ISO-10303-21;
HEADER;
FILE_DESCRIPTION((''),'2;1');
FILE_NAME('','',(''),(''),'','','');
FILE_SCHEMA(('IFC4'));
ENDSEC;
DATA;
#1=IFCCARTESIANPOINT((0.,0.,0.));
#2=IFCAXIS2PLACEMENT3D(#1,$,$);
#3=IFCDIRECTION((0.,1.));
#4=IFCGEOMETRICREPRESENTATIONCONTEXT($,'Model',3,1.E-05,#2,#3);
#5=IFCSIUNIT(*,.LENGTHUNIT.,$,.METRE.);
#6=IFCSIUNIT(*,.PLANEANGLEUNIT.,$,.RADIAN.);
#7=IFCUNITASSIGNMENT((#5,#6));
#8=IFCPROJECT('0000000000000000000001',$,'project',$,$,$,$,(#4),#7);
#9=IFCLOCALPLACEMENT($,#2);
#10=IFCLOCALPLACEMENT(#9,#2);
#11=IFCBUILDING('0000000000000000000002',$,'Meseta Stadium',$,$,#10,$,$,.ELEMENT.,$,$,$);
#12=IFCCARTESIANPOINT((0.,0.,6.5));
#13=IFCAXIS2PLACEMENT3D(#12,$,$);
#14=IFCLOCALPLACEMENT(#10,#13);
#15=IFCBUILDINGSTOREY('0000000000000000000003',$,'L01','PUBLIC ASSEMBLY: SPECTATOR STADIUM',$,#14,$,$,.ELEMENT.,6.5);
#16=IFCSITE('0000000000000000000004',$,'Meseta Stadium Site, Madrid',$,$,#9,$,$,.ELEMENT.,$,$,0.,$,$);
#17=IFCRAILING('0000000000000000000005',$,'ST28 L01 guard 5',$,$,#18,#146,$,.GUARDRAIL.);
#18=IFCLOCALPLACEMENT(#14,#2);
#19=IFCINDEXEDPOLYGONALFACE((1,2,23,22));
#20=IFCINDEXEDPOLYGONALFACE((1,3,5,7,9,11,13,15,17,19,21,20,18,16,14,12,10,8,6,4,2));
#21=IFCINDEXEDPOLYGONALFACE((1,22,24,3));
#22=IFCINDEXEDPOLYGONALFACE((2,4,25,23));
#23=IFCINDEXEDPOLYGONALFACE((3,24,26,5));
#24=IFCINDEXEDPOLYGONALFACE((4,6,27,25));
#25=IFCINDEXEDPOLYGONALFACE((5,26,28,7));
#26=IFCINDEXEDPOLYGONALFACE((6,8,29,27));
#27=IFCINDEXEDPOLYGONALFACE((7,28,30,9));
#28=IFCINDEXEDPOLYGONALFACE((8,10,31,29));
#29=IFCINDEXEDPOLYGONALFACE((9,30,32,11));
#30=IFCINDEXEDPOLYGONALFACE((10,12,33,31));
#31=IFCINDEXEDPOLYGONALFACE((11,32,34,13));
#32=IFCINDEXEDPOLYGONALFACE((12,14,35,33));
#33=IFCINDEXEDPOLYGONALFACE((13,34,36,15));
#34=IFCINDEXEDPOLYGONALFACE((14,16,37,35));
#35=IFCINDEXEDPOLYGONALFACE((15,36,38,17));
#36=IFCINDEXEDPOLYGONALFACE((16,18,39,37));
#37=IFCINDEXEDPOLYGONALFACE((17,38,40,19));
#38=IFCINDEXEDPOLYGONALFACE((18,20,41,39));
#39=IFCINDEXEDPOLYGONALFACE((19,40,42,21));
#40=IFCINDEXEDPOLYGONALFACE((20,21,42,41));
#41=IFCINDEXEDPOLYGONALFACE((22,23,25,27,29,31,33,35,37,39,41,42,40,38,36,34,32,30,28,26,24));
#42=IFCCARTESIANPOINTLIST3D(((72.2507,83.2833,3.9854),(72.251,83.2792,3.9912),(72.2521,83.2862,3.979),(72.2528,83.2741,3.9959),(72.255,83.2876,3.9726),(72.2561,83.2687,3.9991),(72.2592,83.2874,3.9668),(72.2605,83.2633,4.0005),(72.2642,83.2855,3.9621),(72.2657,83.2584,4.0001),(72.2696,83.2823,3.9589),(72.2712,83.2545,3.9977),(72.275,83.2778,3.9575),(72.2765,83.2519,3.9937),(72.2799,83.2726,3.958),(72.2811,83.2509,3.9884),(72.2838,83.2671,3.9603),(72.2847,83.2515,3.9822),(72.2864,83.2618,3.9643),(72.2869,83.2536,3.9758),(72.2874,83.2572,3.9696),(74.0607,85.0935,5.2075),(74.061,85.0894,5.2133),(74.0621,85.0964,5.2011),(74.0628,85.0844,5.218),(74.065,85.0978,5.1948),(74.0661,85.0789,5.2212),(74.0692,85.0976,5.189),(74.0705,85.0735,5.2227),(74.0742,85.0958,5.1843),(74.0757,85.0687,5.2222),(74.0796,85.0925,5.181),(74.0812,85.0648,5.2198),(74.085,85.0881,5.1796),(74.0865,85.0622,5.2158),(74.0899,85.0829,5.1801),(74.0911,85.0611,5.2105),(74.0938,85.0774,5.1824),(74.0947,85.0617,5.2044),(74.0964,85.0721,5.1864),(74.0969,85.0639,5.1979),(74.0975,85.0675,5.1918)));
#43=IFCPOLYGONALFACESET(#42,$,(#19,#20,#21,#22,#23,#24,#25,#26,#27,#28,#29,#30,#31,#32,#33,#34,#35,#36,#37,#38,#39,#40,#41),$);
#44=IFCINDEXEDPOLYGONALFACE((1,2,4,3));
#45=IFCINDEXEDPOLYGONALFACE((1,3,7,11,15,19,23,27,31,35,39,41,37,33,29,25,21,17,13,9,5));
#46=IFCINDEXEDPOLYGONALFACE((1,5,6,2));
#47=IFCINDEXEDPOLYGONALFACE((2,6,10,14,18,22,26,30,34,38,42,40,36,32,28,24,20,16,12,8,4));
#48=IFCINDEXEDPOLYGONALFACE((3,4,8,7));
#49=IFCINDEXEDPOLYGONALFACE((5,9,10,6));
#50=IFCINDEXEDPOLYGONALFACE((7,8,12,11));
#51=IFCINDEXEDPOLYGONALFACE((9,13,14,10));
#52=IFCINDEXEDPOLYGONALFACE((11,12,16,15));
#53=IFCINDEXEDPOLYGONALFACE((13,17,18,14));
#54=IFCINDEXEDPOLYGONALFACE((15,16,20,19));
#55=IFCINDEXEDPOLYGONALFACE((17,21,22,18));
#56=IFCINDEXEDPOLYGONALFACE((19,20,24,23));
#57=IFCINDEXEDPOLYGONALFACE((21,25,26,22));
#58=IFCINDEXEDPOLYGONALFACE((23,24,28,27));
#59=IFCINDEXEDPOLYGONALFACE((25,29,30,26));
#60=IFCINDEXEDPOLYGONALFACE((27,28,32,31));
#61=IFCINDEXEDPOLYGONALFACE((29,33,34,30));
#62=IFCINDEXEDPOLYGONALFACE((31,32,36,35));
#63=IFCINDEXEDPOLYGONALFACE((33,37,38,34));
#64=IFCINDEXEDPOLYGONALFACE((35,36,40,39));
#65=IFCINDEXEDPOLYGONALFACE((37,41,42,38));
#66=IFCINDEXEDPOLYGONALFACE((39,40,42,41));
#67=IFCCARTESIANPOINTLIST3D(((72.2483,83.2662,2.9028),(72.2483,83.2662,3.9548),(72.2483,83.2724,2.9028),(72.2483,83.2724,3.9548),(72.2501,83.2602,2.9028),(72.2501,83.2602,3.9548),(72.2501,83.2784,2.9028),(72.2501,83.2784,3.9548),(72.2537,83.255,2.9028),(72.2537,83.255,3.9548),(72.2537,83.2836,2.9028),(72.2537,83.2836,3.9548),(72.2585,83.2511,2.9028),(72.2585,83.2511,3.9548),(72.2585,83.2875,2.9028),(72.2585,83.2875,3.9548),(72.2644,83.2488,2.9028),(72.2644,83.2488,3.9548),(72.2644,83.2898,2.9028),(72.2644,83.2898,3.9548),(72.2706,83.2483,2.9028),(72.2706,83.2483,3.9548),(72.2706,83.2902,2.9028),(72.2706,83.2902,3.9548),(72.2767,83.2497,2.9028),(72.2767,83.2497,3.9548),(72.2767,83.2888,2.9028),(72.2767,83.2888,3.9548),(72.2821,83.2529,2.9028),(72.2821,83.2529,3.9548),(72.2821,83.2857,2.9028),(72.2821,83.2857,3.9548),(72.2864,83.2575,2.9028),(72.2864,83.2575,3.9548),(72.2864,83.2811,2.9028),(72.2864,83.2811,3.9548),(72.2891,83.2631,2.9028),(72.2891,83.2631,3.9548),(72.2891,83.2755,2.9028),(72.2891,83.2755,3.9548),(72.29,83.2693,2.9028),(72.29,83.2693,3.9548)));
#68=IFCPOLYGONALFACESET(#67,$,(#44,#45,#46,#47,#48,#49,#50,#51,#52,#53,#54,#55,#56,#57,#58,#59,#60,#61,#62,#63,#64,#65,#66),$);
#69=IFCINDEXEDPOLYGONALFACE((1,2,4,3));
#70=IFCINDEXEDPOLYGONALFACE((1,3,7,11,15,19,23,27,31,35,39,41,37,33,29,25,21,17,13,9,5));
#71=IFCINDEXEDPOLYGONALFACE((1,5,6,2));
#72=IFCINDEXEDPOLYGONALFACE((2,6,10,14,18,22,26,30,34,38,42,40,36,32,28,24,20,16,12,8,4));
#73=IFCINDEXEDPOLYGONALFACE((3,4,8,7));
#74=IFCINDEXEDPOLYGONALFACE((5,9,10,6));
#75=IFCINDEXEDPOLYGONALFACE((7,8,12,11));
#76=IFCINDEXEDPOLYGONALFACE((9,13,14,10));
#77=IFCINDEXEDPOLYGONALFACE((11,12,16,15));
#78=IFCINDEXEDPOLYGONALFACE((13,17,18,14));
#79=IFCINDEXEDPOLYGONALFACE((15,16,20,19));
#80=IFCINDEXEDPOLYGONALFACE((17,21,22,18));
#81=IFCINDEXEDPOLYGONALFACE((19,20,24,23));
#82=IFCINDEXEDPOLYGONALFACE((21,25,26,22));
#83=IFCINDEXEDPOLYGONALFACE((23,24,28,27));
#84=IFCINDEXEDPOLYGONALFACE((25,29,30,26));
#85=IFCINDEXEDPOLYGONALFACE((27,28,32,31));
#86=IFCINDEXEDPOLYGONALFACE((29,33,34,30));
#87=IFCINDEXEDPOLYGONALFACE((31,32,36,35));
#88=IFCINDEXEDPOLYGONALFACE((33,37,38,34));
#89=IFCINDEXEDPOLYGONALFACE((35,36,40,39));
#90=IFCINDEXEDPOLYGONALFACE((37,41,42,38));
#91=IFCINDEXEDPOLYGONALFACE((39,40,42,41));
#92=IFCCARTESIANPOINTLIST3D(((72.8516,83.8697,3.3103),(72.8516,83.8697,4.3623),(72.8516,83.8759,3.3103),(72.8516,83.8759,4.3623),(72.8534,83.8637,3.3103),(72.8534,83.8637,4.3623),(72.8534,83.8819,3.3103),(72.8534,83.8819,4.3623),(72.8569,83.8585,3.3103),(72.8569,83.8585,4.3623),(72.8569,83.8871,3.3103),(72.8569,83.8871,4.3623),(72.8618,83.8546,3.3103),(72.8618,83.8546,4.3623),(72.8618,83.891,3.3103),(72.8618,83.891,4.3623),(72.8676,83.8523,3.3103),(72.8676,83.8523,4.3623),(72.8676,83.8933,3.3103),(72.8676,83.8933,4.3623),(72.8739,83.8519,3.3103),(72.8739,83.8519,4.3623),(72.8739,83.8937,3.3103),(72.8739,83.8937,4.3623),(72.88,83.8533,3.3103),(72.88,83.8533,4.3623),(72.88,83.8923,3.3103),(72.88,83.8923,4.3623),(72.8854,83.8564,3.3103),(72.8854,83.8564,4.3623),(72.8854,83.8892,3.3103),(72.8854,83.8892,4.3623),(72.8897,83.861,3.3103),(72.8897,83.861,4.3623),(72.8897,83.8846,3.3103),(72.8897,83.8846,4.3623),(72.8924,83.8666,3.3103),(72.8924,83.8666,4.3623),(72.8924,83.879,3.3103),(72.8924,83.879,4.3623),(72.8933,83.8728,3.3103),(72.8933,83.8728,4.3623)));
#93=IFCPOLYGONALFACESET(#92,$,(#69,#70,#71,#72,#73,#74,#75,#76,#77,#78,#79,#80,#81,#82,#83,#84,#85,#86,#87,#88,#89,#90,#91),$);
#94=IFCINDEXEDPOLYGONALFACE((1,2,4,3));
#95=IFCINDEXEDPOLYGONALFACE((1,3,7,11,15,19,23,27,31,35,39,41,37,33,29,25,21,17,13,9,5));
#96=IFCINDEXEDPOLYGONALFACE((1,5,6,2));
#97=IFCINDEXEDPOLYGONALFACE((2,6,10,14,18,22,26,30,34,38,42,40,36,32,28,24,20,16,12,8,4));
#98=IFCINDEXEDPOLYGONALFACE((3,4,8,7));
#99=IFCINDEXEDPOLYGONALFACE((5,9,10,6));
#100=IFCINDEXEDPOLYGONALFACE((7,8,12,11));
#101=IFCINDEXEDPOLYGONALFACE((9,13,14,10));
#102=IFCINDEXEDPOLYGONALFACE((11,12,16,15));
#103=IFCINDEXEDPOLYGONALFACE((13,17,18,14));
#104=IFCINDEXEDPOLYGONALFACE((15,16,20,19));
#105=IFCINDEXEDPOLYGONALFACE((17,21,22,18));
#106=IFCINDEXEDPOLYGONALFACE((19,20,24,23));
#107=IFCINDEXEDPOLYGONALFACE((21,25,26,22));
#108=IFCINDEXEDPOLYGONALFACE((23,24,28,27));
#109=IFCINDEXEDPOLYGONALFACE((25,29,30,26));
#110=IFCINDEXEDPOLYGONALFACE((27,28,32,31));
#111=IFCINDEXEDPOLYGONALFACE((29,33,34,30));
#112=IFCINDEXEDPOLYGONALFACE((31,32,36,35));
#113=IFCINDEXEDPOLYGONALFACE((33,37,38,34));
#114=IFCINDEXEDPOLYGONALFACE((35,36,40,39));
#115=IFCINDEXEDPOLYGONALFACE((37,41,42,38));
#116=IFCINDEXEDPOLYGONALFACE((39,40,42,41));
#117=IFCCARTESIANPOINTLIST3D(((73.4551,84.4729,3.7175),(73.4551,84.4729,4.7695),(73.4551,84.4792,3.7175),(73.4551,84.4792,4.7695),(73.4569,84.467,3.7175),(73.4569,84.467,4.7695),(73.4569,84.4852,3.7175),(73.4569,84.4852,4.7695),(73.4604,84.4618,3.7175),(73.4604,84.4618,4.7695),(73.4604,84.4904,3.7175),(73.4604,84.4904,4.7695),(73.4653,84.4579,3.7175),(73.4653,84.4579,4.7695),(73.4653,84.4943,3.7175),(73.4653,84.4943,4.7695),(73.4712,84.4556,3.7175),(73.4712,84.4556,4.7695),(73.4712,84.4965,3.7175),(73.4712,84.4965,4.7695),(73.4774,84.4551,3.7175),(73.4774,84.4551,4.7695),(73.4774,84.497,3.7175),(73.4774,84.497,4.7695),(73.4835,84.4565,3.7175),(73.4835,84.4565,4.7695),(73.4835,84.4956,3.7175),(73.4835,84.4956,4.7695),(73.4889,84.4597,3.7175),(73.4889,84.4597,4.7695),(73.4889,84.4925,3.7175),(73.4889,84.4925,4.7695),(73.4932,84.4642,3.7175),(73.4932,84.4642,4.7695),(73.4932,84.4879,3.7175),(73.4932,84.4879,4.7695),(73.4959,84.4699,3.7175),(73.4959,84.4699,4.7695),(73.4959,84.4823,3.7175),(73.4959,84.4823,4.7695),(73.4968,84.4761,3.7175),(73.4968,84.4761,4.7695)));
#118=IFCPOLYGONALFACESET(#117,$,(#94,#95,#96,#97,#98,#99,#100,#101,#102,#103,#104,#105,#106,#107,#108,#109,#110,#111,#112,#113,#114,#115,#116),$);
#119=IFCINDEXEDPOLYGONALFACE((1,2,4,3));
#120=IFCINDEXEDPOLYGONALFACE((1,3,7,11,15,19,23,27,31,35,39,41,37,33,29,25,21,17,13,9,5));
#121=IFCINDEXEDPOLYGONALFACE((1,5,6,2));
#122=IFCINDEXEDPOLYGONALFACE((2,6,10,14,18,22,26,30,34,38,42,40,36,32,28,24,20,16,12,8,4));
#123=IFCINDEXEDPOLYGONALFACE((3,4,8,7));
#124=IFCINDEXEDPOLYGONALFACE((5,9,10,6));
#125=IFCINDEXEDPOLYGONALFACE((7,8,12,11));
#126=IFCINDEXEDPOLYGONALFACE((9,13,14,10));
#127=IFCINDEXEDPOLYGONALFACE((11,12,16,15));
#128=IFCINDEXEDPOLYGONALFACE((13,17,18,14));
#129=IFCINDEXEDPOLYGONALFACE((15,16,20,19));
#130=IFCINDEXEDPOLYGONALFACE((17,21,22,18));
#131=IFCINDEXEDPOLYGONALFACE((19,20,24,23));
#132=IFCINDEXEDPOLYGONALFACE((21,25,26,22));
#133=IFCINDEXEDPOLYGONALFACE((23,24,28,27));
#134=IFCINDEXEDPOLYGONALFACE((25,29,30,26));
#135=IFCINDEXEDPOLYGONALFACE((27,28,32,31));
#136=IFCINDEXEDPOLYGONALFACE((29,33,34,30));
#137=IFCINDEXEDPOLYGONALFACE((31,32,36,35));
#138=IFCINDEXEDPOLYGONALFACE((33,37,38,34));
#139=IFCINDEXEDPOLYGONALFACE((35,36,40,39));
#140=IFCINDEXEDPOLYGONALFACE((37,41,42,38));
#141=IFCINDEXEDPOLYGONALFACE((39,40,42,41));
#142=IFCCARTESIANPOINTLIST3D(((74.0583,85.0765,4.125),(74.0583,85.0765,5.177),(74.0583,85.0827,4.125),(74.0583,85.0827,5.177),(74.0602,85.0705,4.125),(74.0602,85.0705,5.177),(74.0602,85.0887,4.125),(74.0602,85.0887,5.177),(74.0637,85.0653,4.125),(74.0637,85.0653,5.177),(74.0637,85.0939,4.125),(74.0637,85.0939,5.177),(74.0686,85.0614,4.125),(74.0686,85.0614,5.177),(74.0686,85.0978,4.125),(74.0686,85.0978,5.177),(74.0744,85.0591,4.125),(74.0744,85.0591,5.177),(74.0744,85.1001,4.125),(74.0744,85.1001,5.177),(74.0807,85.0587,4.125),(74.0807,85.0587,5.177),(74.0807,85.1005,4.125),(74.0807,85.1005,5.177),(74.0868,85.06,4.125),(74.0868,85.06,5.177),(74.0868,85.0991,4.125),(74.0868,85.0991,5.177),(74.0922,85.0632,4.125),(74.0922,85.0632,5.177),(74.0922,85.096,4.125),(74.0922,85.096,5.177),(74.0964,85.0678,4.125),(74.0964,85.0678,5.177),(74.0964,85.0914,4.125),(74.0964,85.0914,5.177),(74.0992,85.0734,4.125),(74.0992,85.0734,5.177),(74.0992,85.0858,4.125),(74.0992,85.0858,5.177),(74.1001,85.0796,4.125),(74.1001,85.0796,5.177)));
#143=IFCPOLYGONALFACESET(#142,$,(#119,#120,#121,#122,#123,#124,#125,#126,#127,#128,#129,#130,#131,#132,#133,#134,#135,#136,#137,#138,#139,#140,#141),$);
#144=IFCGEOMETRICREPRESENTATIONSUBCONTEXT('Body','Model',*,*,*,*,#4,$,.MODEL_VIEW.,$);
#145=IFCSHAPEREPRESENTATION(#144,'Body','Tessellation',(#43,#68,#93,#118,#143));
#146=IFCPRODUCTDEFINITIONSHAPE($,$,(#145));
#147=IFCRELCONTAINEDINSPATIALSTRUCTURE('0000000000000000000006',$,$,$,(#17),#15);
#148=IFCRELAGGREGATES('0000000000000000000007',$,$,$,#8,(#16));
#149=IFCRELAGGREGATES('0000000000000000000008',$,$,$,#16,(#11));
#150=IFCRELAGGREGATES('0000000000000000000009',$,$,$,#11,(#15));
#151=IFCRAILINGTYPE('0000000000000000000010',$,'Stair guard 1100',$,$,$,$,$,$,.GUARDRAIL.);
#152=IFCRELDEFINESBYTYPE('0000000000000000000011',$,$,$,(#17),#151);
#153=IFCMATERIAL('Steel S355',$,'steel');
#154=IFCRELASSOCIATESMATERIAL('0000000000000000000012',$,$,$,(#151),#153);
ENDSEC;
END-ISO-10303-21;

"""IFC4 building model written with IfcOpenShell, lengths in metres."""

from ifc_helpers import new_model, si_unit, direction, frame, origin, origin_2d, place, context, subcontext, project, spatial, circle, extrude, material, type_object, element, save


model = new_model("IFC4")

# Units and contexts
model_context = context("Model", 3, precision=1e-05, world=origin(), true_north=direction((0.0, 1.0)))
body_context = subcontext(model_context, "Body", "Model", "MODEL_VIEW")
ifc_project = project(units=[si_unit("LENGTHUNIT", "METRE"), si_unit("PLANEANGLEUNIT", "RADIAN")], contexts=[model_context])

# Site, building, storey
site_placement = place(None, origin())
site = spatial("IfcSite", under=ifc_project, at=site_placement, Name="Meseta Stadium Site, Madrid", CompositionType="ELEMENT", RefElevation=0.0)
building_placement = place(site_placement, origin())
building = spatial("IfcBuilding", under=site, at=building_placement, Name="Meseta Stadium", CompositionType="ELEMENT")
storey_placement = place(building_placement, frame((0.0, 0.0, 6.5)))
storey = spatial("IfcBuildingStorey", under=building, at=storey_placement, Name="L01", Description="PUBLIC ASSEMBLY: SPECTATOR STADIUM", CompositionType="ELEMENT", Elevation=6.5)

# Railing
ifc_material_1 = material(Name="Steel S355", Category="steel")
railing_type_1 = type_object("IfcRailingType", Name="Stair guard 1100", PredefinedType="GUARDRAIL", material=ifc_material_1)
railing_1_placement = place(storey_placement, frame((72.269, 83.2693, 2.9028)))
element("IfcRailing", 1, at=railing_1_placement, inside=storey, type_object=railing_type_1, Name="ST28 L01 guard 5", PredefinedType="GUARDRAIL", context=body_context, shape_type="SweptSolid", body=[
    extrude(circle(Radius=0.0239, at=origin_2d()), frame((0.0, 0.0, 1.0762), z_axis=(0.638073, 0.638159, 0.430832), x_axis=(-0.707154, 0.707059, 0.0)), (0.0, 0.0, 1.0), 2.8367),
    extrude(circle(Radius=0.021, at=origin_2d()), origin(), (0.0, 0.0, 1.0), 1.052),
    extrude(circle(Radius=0.021, at=origin_2d()), frame((0.6033, 0.6035, 0.4075)), (0.0, 0.0, 1.0), 1.052),
    extrude(circle(Radius=0.021, at=origin_2d()), frame((1.2068, 1.2068, 0.8147)), (0.0, 0.0, 1.0), 1.052),
    extrude(circle(Radius=0.021, at=origin_2d()), frame((1.8101, 1.8103, 1.2222)), (0.0, 0.0, 1.0), 1.052),
])

save(model, "model.ifc")
